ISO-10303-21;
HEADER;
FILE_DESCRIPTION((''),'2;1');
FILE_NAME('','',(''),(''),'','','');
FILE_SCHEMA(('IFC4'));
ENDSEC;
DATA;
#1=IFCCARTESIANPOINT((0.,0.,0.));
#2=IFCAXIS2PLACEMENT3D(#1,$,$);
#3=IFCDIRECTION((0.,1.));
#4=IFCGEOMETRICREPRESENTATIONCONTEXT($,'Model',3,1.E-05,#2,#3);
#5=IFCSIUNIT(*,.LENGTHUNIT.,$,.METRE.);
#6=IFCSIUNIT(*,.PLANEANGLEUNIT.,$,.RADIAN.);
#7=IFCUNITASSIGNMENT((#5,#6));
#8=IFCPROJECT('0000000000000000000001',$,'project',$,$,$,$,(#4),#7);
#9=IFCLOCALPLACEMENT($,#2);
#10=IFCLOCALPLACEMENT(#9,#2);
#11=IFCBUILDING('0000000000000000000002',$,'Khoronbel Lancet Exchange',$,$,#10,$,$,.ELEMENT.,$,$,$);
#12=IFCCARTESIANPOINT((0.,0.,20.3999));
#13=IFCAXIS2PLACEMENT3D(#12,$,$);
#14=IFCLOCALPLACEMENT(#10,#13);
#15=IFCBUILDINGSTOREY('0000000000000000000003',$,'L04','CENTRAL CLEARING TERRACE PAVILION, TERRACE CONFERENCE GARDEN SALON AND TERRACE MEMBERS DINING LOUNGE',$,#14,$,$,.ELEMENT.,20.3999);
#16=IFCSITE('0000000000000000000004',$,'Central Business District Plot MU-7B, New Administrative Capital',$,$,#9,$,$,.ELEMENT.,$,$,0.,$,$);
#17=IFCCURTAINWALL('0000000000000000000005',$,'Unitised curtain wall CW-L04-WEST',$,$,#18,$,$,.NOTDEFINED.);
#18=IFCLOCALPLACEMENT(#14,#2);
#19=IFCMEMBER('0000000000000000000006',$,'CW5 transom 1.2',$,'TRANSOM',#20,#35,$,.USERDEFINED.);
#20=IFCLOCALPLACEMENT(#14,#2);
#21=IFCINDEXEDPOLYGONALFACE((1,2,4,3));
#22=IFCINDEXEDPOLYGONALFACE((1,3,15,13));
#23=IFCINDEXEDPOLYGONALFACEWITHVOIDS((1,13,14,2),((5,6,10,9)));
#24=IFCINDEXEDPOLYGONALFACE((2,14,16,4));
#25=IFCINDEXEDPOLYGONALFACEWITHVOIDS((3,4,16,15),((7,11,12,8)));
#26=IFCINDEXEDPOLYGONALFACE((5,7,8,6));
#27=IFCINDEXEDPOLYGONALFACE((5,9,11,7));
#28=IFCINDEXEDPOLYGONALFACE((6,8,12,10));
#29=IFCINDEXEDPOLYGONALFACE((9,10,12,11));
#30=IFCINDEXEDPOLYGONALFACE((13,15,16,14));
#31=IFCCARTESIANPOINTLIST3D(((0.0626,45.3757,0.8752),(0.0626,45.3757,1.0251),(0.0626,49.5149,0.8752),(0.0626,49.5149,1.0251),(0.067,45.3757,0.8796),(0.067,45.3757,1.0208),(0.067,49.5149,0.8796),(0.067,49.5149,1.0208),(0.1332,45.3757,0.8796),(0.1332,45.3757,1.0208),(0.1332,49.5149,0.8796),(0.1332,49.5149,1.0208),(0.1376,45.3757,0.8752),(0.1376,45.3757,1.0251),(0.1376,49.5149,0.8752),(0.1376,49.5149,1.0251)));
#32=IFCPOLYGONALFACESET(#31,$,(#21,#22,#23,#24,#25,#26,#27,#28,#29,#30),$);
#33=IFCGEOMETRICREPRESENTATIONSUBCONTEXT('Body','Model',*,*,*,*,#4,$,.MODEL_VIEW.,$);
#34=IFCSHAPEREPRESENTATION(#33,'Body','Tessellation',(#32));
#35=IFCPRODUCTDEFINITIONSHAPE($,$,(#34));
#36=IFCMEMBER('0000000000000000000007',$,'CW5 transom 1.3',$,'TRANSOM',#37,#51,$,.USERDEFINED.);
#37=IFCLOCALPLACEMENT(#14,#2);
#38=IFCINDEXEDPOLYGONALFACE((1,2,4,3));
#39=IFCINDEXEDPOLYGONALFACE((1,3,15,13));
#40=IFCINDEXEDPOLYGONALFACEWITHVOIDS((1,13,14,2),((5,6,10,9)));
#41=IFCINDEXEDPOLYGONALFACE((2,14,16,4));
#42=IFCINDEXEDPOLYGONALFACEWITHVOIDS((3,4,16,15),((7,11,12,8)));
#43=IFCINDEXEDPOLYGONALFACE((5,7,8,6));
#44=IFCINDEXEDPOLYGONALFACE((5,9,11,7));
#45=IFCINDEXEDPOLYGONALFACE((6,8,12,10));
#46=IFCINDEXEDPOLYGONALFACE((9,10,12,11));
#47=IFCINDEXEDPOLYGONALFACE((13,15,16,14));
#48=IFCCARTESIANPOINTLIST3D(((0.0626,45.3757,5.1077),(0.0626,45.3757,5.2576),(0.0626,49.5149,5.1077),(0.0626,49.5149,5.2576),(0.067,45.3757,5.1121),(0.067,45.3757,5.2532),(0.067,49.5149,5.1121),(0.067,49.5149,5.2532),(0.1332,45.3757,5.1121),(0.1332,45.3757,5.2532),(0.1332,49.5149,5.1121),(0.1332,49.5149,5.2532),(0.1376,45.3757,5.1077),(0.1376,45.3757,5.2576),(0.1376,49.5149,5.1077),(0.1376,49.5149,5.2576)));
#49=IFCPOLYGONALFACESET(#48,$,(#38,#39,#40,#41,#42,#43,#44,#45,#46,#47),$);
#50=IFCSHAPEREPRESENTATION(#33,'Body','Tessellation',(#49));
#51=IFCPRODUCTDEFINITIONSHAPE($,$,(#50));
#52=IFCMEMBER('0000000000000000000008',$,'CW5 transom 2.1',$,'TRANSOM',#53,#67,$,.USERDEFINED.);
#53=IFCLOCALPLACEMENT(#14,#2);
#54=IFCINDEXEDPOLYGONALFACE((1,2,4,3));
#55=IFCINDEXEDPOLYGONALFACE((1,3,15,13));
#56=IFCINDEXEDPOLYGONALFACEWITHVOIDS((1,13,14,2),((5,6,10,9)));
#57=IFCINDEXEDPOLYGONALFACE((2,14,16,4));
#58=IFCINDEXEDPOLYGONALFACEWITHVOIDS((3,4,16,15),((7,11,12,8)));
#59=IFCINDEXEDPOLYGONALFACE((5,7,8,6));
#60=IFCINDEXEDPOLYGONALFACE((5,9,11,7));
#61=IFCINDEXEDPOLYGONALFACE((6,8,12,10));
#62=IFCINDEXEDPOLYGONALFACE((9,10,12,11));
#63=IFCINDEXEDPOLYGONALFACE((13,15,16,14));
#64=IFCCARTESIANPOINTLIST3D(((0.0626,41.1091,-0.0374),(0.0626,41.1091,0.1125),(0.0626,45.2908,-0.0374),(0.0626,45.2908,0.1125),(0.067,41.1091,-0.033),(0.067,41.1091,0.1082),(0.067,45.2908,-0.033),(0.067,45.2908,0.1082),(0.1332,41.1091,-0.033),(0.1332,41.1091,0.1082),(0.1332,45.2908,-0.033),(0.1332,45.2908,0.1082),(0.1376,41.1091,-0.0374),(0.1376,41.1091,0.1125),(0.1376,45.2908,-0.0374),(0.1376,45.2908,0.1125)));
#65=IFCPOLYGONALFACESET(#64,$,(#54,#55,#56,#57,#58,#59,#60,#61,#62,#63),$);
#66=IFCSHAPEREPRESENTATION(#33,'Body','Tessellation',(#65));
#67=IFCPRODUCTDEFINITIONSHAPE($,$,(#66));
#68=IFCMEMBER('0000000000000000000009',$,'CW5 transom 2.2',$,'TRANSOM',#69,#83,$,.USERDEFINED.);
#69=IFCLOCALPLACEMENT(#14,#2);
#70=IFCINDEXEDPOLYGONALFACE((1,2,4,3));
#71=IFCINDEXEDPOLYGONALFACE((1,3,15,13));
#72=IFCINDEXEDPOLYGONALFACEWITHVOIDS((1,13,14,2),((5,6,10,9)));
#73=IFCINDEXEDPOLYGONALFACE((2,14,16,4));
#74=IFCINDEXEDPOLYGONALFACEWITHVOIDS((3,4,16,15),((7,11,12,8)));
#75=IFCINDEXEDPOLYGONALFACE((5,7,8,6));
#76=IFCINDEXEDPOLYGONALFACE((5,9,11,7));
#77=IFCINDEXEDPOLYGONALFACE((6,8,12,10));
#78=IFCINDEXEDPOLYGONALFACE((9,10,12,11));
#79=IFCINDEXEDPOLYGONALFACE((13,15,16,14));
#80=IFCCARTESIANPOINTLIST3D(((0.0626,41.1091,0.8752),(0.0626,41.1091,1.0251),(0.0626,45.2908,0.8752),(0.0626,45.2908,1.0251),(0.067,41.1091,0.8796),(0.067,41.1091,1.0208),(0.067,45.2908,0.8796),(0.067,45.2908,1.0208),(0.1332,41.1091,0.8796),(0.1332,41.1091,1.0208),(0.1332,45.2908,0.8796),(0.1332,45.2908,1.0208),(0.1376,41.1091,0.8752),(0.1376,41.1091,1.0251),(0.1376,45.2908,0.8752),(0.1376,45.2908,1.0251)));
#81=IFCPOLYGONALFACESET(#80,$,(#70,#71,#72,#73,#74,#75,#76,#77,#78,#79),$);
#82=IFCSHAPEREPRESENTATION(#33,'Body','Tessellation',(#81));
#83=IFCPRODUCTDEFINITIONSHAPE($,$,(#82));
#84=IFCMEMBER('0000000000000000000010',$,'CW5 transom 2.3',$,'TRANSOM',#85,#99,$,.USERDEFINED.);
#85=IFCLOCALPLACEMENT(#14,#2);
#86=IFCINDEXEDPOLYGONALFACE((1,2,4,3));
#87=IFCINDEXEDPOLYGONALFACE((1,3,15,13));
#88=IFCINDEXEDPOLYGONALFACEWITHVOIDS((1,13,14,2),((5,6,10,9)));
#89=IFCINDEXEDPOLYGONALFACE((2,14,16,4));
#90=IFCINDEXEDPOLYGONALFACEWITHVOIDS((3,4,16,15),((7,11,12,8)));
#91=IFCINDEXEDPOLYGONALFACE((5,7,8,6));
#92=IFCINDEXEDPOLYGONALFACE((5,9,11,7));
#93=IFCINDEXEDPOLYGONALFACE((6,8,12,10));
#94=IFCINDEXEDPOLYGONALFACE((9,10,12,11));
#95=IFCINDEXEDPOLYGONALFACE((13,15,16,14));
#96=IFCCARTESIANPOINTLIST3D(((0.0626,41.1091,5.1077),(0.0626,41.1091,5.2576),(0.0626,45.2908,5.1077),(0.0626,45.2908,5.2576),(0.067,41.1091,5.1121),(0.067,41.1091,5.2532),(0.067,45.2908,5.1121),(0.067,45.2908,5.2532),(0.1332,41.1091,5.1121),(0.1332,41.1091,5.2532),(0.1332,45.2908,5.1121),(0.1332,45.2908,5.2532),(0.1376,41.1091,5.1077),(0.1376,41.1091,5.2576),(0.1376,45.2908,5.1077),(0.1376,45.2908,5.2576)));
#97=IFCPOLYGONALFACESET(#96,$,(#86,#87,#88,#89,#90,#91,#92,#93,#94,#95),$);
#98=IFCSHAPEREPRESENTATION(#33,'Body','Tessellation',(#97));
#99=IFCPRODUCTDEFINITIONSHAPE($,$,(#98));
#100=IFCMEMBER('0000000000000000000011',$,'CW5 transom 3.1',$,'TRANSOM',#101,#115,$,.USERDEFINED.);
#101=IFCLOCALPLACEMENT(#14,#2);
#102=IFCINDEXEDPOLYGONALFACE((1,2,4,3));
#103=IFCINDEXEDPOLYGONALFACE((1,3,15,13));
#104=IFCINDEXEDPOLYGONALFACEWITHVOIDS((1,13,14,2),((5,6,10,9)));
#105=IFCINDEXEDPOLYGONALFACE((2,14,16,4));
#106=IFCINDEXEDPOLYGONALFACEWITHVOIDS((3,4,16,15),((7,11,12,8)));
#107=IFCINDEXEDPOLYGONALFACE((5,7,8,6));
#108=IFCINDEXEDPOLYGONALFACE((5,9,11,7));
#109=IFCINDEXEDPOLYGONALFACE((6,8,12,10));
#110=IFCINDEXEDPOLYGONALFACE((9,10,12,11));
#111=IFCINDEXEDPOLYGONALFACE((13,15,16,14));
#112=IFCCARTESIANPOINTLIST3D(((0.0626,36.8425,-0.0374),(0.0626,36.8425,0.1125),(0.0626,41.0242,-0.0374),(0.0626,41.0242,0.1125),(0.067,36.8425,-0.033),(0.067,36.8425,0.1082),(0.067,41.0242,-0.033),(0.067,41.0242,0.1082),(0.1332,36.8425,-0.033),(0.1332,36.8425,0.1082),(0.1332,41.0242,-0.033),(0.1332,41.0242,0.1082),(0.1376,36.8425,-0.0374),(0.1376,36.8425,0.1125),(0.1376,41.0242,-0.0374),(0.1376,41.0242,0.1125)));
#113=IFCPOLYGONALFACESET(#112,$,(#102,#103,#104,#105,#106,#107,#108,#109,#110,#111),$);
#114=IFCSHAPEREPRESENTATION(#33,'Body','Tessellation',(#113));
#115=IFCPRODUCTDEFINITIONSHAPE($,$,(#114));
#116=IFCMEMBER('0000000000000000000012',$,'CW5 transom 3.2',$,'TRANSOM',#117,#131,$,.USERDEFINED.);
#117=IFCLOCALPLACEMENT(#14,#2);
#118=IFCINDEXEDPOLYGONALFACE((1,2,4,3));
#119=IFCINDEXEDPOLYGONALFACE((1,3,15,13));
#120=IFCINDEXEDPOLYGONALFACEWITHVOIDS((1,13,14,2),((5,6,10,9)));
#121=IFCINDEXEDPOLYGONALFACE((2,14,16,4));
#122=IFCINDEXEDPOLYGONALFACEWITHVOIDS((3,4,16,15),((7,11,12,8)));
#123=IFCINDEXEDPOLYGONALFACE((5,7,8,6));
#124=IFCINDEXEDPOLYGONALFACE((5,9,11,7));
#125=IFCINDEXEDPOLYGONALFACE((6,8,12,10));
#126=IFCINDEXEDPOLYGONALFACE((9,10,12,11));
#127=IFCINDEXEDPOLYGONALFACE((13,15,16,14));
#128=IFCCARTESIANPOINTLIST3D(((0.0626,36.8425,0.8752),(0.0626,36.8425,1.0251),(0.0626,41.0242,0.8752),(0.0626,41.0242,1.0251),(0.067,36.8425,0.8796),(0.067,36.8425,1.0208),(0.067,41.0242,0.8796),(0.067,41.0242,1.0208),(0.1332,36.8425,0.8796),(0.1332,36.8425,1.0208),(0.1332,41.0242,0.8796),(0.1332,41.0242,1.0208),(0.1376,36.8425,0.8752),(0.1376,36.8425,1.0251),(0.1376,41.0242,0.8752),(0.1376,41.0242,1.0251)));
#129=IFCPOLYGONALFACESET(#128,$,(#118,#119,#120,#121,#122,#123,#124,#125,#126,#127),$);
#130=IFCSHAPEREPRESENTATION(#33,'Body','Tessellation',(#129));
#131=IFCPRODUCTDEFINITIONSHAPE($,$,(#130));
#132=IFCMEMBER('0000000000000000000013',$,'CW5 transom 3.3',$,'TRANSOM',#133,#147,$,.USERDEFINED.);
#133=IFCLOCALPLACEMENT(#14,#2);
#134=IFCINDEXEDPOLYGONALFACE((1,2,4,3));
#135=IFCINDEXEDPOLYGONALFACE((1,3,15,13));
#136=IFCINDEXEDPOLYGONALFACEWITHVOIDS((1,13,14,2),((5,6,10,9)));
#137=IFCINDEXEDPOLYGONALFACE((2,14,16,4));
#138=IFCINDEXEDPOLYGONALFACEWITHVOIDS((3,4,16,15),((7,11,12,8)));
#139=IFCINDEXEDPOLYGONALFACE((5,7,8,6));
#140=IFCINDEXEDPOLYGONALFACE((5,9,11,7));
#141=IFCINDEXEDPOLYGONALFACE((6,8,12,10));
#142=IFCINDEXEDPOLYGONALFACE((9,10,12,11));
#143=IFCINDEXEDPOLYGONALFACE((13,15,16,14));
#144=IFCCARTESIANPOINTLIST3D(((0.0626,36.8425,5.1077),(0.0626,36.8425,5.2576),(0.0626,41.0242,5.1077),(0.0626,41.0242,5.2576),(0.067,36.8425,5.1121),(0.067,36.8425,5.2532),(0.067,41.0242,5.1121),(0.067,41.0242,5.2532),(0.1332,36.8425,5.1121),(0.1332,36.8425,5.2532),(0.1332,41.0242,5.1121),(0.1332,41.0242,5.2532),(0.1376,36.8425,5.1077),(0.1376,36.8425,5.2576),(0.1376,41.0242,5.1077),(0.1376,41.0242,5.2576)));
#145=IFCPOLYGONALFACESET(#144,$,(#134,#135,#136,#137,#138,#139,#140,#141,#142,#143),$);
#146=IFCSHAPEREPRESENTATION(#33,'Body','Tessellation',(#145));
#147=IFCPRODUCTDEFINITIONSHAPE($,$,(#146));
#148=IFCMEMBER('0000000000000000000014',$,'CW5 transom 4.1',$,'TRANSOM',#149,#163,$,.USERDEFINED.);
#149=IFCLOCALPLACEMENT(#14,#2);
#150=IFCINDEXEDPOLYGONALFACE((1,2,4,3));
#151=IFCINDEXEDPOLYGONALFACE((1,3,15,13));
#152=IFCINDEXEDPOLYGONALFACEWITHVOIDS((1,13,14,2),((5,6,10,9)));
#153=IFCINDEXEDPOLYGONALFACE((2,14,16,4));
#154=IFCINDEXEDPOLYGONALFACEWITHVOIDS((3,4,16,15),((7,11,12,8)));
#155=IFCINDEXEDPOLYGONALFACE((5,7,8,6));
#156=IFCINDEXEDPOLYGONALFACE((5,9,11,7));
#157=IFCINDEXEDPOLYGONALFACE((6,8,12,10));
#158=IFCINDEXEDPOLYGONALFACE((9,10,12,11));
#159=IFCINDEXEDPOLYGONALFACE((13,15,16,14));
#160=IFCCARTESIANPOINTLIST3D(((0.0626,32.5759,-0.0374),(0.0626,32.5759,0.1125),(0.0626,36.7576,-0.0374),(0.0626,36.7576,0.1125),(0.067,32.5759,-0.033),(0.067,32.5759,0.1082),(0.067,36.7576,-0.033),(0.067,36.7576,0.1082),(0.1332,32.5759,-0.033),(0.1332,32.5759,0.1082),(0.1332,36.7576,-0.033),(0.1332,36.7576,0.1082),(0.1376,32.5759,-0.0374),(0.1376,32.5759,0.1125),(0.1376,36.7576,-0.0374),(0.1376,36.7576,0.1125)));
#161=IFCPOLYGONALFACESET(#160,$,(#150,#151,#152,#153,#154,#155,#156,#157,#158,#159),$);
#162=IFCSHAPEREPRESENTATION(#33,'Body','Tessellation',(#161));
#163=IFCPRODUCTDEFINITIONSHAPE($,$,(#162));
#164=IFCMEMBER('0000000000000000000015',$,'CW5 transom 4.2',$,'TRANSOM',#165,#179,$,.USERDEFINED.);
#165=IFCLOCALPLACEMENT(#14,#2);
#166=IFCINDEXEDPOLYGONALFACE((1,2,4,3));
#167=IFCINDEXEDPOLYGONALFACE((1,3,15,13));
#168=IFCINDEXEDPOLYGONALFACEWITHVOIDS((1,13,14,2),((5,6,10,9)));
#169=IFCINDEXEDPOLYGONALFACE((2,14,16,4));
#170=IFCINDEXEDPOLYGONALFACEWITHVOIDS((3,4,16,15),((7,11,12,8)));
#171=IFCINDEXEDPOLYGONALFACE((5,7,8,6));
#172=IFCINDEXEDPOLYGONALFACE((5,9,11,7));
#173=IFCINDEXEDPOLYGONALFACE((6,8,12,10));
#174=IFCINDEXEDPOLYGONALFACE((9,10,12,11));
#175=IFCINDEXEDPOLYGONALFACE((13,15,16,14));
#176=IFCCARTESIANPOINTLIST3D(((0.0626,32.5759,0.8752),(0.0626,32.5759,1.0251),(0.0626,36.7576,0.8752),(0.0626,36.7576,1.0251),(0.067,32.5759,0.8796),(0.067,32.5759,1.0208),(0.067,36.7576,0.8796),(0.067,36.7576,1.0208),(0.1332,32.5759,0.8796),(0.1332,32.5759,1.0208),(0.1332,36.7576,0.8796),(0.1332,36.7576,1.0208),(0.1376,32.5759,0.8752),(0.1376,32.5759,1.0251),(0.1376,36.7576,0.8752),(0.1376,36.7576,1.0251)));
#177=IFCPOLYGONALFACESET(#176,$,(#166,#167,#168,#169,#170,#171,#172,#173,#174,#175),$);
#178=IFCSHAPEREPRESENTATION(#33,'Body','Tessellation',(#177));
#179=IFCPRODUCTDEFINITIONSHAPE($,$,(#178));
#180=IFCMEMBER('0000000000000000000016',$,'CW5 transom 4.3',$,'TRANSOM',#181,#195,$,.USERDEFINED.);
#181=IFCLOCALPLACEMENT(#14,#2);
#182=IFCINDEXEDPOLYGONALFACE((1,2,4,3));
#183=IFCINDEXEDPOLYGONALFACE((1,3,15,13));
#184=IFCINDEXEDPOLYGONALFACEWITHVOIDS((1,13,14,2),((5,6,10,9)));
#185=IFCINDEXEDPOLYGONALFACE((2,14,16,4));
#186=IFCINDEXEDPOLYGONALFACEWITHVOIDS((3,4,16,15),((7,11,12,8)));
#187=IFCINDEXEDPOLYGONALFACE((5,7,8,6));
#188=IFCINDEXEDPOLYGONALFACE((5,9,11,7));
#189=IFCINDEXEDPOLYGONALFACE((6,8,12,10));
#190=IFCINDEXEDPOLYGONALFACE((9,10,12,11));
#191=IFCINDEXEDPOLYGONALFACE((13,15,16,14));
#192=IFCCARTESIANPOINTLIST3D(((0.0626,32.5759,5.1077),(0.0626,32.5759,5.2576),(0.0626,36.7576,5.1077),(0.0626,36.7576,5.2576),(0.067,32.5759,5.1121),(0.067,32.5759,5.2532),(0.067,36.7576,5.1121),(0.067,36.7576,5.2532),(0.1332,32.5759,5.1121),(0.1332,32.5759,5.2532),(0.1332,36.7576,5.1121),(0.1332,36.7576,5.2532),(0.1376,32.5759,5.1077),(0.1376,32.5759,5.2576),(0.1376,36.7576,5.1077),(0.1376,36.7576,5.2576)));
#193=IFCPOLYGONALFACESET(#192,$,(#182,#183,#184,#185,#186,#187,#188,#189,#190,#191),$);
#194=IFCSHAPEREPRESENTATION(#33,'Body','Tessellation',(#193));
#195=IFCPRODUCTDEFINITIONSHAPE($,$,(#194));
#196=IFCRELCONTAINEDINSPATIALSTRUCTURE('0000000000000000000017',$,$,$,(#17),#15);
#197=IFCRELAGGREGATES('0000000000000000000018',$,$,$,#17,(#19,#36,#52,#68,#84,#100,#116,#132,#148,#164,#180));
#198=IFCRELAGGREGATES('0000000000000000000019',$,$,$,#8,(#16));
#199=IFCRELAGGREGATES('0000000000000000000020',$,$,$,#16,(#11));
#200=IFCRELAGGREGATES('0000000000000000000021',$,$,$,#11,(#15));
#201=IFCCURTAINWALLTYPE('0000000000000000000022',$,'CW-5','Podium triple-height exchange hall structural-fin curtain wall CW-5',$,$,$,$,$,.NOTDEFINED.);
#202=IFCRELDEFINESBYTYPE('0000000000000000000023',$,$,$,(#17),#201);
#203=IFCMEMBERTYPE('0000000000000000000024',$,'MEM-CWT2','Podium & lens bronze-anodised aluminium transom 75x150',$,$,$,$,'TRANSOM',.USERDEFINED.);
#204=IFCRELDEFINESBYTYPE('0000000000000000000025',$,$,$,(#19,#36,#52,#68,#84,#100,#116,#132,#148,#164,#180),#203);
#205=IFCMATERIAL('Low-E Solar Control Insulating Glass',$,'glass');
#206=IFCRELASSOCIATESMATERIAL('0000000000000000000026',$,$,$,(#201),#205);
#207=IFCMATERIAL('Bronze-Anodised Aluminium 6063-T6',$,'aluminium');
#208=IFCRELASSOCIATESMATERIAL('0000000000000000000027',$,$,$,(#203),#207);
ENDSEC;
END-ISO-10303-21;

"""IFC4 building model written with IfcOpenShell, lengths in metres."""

from ifc_helpers import new_model, si_unit, direction, frame, origin, origin_2d, place, context, subcontext, project, spatial, hollow_rectangle, extrude, material, material_profile, profile_set, type_object, element, aggregate, save


model = new_model("IFC4")

# Units and contexts
model_context = context("Model", 3, precision=1e-05, world=origin(), true_north=direction((0.0, 1.0)))
body_context = subcontext(model_context, "Body", "Model", "MODEL_VIEW")
ifc_project = project(units=[si_unit("LENGTHUNIT", "METRE"), si_unit("PLANEANGLEUNIT", "RADIAN")], contexts=[model_context])

# Site, building, storey
site_placement = place(None, origin())
site = spatial("IfcSite", under=ifc_project, at=site_placement, Name="Central Business District Plot MU-7B, New Administrative Capital", CompositionType="ELEMENT", RefElevation=0.0)
building_placement = place(site_placement, origin())
building = spatial("IfcBuilding", under=site, at=building_placement, Name="Khoronbel Lancet Exchange", CompositionType="ELEMENT")
storey_placement = place(building_placement, frame((0.0, 0.0, 20.3999)))
storey = spatial("IfcBuildingStorey", under=building, at=storey_placement, Name="L04", Description="CENTRAL CLEARING TERRACE PAVILION, TERRACE CONFERENCE GARDEN SALON AND TERRACE MEMBERS DINING LOUNGE", CompositionType="ELEMENT", Elevation=20.3999)

# Curtain wall, members
ifc_material_1 = material(Name="Low-E Solar Control Insulating Glass", Category="glass")
curtain_wall_type = type_object("IfcCurtainWallType", Name="CW-5", Description="Podium triple-height exchange hall structural-fin curtain wall CW-5", PredefinedType="NOTDEFINED", material=ifc_material_1)
curtain_wall_placement = place(storey_placement, origin())
curtain_wall = element("IfcCurtainWall", 1, at=curtain_wall_placement, inside=storey, type_object=curtain_wall_type, Name="Unitised curtain wall CW-L04-WEST", PredefinedType="NOTDEFINED")
ifc_material_2 = material(Name="Bronze-Anodised Aluminium 6063-T6", Category="aluminium")
ifc_material_profile_1 = material_profile(ifc_material_2, hollow_rectangle(XDim=0.075, YDim=0.1499, WallThickness=0.0044, at=origin_2d()), Name="ALU TRANSOM 75x150")
ifc_profile_set_1 = profile_set([ifc_material_profile_1], Name="Bronze-Anodised Aluminium 6063-T6")
member_type_1 = type_object("IfcMemberType", Name="MEM-CWT2", Description="Podium & lens bronze-anodised aluminium transom 75x150", ElementType="TRANSOM", PredefinedType="USERDEFINED", material=ifc_profile_set_1)
member_1_placement = place(storey_placement, frame((0.1001, 49.5149, 0.9502), z_axis=(0.0, -1.0, 0.0), x_axis=(1.0, 0.0, 0.0)))
member_1 = element("IfcMember", 2, at=member_1_placement, type_object=member_type_1, Name="CW5 transom 1.2", ObjectType="TRANSOM", PredefinedType="USERDEFINED", context=body_context, shape_type="SweptSolid", body=[
    extrude(hollow_rectangle(XDim=0.075, YDim=0.1499, WallThickness=0.0044, at=origin_2d()), origin(), (0.0, 0.0, 1.0), 4.1392),
])
member_2_placement = place(storey_placement, frame((0.1001, 49.5149, 5.1826), z_axis=(0.0, -1.0, 0.0), x_axis=(1.0, 0.0, 0.0)))
member_2 = element("IfcMember", 3, at=member_2_placement, type_object=member_type_1, Name="CW5 transom 1.3", ObjectType="TRANSOM", PredefinedType="USERDEFINED", context=body_context, shape_type="SweptSolid", body=[
    extrude(hollow_rectangle(XDim=0.075, YDim=0.1499, WallThickness=0.0044, at=origin_2d()), origin(), (0.0, 0.0, 1.0), 4.1392),
])
member_3_placement = place(storey_placement, frame((0.1001, 45.2908, 0.0376), z_axis=(0.0, -1.0, 0.0), x_axis=(1.0, 0.0, 0.0)))
member_3 = element("IfcMember", 4, at=member_3_placement, type_object=member_type_1, Name="CW5 transom 2.1", ObjectType="TRANSOM", PredefinedType="USERDEFINED", context=body_context, shape_type="SweptSolid", body=[
    extrude(hollow_rectangle(XDim=0.075, YDim=0.1499, WallThickness=0.0044, at=origin_2d()), origin(), (0.0, 0.0, 1.0), 4.1816),
])
member_4_placement = place(storey_placement, frame((0.1001, 45.2908, 0.9502), z_axis=(0.0, -1.0, 0.0), x_axis=(1.0, 0.0, 0.0)))
member_4 = element("IfcMember", 5, at=member_4_placement, type_object=member_type_1, Name="CW5 transom 2.2", ObjectType="TRANSOM", PredefinedType="USERDEFINED", context=body_context, shape_type="SweptSolid", body=[
    extrude(hollow_rectangle(XDim=0.075, YDim=0.1499, WallThickness=0.0044, at=origin_2d()), origin(), (0.0, 0.0, 1.0), 4.1816),
])
member_5_placement = place(storey_placement, frame((0.1001, 45.2908, 5.1826), z_axis=(0.0, -1.0, 0.0), x_axis=(1.0, 0.0, 0.0)))
member_5 = element("IfcMember", 6, at=member_5_placement, type_object=member_type_1, Name="CW5 transom 2.3", ObjectType="TRANSOM", PredefinedType="USERDEFINED", context=body_context, shape_type="SweptSolid", body=[
    extrude(hollow_rectangle(XDim=0.075, YDim=0.1499, WallThickness=0.0044, at=origin_2d()), origin(), (0.0, 0.0, 1.0), 4.1816),
])
member_6_placement = place(storey_placement, frame((0.1001, 41.0242, 0.0376), z_axis=(0.0, -1.0, 0.0), x_axis=(1.0, 0.0, 0.0)))
member_6 = element("IfcMember", 7, at=member_6_placement, type_object=member_type_1, Name="CW5 transom 3.1", ObjectType="TRANSOM", PredefinedType="USERDEFINED", context=body_context, shape_type="SweptSolid", body=[
    extrude(hollow_rectangle(XDim=0.075, YDim=0.1499, WallThickness=0.0044, at=origin_2d()), origin(), (0.0, 0.0, 1.0), 4.1816),
])
member_7_placement = place(storey_placement, frame((0.1001, 41.0242, 0.9502), z_axis=(0.0, -1.0, 0.0), x_axis=(1.0, 0.0, 0.0)))
member_7 = element("IfcMember", 8, at=member_7_placement, type_object=member_type_1, Name="CW5 transom 3.2", ObjectType="TRANSOM", PredefinedType="USERDEFINED", context=body_context, shape_type="SweptSolid", body=[
    extrude(hollow_rectangle(XDim=0.075, YDim=0.1499, WallThickness=0.0044, at=origin_2d()), origin(), (0.0, 0.0, 1.0), 4.1816),
])
member_8_placement = place(storey_placement, frame((0.1001, 41.0242, 5.1826), z_axis=(0.0, -1.0, 0.0), x_axis=(1.0, 0.0, 0.0)))
member_8 = element("IfcMember", 9, at=member_8_placement, type_object=member_type_1, Name="CW5 transom 3.3", ObjectType="TRANSOM", PredefinedType="USERDEFINED", context=body_context, shape_type="SweptSolid", body=[
    extrude(hollow_rectangle(XDim=0.075, YDim=0.1499, WallThickness=0.0044, at=origin_2d()), origin(), (0.0, 0.0, 1.0), 4.1816),
])
member_9_placement = place(storey_placement, frame((0.1001, 36.7576, 0.0376), z_axis=(0.0, -1.0, 0.0), x_axis=(1.0, 0.0, 0.0)))
member_9 = element("IfcMember", 10, at=member_9_placement, type_object=member_type_1, Name="CW5 transom 4.1", ObjectType="TRANSOM", PredefinedType="USERDEFINED", context=body_context, shape_type="SweptSolid", body=[
    extrude(hollow_rectangle(XDim=0.075, YDim=0.1499, WallThickness=0.0044, at=origin_2d()), origin(), (0.0, 0.0, 1.0), 4.1816),
])
member_10_placement = place(storey_placement, frame((0.1001, 36.7576, 0.9502), z_axis=(0.0, -1.0, 0.0), x_axis=(1.0, 0.0, 0.0)))
member_10 = element("IfcMember", 11, at=member_10_placement, type_object=member_type_1, Name="CW5 transom 4.2", ObjectType="TRANSOM", PredefinedType="USERDEFINED", context=body_context, shape_type="SweptSolid", body=[
    extrude(hollow_rectangle(XDim=0.075, YDim=0.1499, WallThickness=0.0044, at=origin_2d()), origin(), (0.0, 0.0, 1.0), 4.1816),
])
member_11_placement = place(storey_placement, frame((0.1001, 36.7576, 5.1826), z_axis=(0.0, -1.0, 0.0), x_axis=(1.0, 0.0, 0.0)))
member_11 = element("IfcMember", 12, at=member_11_placement, type_object=member_type_1, Name="CW5 transom 4.3", ObjectType="TRANSOM", PredefinedType="USERDEFINED", context=body_context, shape_type="SweptSolid", body=[
    extrude(hollow_rectangle(XDim=0.075, YDim=0.1499, WallThickness=0.0044, at=origin_2d()), origin(), (0.0, 0.0, 1.0), 4.1816),
])
aggregate(curtain_wall, [member_1, member_2, member_3, member_4, member_5, member_6, member_7, member_8, member_9, member_10, member_11])

save(model, "model.ifc")
